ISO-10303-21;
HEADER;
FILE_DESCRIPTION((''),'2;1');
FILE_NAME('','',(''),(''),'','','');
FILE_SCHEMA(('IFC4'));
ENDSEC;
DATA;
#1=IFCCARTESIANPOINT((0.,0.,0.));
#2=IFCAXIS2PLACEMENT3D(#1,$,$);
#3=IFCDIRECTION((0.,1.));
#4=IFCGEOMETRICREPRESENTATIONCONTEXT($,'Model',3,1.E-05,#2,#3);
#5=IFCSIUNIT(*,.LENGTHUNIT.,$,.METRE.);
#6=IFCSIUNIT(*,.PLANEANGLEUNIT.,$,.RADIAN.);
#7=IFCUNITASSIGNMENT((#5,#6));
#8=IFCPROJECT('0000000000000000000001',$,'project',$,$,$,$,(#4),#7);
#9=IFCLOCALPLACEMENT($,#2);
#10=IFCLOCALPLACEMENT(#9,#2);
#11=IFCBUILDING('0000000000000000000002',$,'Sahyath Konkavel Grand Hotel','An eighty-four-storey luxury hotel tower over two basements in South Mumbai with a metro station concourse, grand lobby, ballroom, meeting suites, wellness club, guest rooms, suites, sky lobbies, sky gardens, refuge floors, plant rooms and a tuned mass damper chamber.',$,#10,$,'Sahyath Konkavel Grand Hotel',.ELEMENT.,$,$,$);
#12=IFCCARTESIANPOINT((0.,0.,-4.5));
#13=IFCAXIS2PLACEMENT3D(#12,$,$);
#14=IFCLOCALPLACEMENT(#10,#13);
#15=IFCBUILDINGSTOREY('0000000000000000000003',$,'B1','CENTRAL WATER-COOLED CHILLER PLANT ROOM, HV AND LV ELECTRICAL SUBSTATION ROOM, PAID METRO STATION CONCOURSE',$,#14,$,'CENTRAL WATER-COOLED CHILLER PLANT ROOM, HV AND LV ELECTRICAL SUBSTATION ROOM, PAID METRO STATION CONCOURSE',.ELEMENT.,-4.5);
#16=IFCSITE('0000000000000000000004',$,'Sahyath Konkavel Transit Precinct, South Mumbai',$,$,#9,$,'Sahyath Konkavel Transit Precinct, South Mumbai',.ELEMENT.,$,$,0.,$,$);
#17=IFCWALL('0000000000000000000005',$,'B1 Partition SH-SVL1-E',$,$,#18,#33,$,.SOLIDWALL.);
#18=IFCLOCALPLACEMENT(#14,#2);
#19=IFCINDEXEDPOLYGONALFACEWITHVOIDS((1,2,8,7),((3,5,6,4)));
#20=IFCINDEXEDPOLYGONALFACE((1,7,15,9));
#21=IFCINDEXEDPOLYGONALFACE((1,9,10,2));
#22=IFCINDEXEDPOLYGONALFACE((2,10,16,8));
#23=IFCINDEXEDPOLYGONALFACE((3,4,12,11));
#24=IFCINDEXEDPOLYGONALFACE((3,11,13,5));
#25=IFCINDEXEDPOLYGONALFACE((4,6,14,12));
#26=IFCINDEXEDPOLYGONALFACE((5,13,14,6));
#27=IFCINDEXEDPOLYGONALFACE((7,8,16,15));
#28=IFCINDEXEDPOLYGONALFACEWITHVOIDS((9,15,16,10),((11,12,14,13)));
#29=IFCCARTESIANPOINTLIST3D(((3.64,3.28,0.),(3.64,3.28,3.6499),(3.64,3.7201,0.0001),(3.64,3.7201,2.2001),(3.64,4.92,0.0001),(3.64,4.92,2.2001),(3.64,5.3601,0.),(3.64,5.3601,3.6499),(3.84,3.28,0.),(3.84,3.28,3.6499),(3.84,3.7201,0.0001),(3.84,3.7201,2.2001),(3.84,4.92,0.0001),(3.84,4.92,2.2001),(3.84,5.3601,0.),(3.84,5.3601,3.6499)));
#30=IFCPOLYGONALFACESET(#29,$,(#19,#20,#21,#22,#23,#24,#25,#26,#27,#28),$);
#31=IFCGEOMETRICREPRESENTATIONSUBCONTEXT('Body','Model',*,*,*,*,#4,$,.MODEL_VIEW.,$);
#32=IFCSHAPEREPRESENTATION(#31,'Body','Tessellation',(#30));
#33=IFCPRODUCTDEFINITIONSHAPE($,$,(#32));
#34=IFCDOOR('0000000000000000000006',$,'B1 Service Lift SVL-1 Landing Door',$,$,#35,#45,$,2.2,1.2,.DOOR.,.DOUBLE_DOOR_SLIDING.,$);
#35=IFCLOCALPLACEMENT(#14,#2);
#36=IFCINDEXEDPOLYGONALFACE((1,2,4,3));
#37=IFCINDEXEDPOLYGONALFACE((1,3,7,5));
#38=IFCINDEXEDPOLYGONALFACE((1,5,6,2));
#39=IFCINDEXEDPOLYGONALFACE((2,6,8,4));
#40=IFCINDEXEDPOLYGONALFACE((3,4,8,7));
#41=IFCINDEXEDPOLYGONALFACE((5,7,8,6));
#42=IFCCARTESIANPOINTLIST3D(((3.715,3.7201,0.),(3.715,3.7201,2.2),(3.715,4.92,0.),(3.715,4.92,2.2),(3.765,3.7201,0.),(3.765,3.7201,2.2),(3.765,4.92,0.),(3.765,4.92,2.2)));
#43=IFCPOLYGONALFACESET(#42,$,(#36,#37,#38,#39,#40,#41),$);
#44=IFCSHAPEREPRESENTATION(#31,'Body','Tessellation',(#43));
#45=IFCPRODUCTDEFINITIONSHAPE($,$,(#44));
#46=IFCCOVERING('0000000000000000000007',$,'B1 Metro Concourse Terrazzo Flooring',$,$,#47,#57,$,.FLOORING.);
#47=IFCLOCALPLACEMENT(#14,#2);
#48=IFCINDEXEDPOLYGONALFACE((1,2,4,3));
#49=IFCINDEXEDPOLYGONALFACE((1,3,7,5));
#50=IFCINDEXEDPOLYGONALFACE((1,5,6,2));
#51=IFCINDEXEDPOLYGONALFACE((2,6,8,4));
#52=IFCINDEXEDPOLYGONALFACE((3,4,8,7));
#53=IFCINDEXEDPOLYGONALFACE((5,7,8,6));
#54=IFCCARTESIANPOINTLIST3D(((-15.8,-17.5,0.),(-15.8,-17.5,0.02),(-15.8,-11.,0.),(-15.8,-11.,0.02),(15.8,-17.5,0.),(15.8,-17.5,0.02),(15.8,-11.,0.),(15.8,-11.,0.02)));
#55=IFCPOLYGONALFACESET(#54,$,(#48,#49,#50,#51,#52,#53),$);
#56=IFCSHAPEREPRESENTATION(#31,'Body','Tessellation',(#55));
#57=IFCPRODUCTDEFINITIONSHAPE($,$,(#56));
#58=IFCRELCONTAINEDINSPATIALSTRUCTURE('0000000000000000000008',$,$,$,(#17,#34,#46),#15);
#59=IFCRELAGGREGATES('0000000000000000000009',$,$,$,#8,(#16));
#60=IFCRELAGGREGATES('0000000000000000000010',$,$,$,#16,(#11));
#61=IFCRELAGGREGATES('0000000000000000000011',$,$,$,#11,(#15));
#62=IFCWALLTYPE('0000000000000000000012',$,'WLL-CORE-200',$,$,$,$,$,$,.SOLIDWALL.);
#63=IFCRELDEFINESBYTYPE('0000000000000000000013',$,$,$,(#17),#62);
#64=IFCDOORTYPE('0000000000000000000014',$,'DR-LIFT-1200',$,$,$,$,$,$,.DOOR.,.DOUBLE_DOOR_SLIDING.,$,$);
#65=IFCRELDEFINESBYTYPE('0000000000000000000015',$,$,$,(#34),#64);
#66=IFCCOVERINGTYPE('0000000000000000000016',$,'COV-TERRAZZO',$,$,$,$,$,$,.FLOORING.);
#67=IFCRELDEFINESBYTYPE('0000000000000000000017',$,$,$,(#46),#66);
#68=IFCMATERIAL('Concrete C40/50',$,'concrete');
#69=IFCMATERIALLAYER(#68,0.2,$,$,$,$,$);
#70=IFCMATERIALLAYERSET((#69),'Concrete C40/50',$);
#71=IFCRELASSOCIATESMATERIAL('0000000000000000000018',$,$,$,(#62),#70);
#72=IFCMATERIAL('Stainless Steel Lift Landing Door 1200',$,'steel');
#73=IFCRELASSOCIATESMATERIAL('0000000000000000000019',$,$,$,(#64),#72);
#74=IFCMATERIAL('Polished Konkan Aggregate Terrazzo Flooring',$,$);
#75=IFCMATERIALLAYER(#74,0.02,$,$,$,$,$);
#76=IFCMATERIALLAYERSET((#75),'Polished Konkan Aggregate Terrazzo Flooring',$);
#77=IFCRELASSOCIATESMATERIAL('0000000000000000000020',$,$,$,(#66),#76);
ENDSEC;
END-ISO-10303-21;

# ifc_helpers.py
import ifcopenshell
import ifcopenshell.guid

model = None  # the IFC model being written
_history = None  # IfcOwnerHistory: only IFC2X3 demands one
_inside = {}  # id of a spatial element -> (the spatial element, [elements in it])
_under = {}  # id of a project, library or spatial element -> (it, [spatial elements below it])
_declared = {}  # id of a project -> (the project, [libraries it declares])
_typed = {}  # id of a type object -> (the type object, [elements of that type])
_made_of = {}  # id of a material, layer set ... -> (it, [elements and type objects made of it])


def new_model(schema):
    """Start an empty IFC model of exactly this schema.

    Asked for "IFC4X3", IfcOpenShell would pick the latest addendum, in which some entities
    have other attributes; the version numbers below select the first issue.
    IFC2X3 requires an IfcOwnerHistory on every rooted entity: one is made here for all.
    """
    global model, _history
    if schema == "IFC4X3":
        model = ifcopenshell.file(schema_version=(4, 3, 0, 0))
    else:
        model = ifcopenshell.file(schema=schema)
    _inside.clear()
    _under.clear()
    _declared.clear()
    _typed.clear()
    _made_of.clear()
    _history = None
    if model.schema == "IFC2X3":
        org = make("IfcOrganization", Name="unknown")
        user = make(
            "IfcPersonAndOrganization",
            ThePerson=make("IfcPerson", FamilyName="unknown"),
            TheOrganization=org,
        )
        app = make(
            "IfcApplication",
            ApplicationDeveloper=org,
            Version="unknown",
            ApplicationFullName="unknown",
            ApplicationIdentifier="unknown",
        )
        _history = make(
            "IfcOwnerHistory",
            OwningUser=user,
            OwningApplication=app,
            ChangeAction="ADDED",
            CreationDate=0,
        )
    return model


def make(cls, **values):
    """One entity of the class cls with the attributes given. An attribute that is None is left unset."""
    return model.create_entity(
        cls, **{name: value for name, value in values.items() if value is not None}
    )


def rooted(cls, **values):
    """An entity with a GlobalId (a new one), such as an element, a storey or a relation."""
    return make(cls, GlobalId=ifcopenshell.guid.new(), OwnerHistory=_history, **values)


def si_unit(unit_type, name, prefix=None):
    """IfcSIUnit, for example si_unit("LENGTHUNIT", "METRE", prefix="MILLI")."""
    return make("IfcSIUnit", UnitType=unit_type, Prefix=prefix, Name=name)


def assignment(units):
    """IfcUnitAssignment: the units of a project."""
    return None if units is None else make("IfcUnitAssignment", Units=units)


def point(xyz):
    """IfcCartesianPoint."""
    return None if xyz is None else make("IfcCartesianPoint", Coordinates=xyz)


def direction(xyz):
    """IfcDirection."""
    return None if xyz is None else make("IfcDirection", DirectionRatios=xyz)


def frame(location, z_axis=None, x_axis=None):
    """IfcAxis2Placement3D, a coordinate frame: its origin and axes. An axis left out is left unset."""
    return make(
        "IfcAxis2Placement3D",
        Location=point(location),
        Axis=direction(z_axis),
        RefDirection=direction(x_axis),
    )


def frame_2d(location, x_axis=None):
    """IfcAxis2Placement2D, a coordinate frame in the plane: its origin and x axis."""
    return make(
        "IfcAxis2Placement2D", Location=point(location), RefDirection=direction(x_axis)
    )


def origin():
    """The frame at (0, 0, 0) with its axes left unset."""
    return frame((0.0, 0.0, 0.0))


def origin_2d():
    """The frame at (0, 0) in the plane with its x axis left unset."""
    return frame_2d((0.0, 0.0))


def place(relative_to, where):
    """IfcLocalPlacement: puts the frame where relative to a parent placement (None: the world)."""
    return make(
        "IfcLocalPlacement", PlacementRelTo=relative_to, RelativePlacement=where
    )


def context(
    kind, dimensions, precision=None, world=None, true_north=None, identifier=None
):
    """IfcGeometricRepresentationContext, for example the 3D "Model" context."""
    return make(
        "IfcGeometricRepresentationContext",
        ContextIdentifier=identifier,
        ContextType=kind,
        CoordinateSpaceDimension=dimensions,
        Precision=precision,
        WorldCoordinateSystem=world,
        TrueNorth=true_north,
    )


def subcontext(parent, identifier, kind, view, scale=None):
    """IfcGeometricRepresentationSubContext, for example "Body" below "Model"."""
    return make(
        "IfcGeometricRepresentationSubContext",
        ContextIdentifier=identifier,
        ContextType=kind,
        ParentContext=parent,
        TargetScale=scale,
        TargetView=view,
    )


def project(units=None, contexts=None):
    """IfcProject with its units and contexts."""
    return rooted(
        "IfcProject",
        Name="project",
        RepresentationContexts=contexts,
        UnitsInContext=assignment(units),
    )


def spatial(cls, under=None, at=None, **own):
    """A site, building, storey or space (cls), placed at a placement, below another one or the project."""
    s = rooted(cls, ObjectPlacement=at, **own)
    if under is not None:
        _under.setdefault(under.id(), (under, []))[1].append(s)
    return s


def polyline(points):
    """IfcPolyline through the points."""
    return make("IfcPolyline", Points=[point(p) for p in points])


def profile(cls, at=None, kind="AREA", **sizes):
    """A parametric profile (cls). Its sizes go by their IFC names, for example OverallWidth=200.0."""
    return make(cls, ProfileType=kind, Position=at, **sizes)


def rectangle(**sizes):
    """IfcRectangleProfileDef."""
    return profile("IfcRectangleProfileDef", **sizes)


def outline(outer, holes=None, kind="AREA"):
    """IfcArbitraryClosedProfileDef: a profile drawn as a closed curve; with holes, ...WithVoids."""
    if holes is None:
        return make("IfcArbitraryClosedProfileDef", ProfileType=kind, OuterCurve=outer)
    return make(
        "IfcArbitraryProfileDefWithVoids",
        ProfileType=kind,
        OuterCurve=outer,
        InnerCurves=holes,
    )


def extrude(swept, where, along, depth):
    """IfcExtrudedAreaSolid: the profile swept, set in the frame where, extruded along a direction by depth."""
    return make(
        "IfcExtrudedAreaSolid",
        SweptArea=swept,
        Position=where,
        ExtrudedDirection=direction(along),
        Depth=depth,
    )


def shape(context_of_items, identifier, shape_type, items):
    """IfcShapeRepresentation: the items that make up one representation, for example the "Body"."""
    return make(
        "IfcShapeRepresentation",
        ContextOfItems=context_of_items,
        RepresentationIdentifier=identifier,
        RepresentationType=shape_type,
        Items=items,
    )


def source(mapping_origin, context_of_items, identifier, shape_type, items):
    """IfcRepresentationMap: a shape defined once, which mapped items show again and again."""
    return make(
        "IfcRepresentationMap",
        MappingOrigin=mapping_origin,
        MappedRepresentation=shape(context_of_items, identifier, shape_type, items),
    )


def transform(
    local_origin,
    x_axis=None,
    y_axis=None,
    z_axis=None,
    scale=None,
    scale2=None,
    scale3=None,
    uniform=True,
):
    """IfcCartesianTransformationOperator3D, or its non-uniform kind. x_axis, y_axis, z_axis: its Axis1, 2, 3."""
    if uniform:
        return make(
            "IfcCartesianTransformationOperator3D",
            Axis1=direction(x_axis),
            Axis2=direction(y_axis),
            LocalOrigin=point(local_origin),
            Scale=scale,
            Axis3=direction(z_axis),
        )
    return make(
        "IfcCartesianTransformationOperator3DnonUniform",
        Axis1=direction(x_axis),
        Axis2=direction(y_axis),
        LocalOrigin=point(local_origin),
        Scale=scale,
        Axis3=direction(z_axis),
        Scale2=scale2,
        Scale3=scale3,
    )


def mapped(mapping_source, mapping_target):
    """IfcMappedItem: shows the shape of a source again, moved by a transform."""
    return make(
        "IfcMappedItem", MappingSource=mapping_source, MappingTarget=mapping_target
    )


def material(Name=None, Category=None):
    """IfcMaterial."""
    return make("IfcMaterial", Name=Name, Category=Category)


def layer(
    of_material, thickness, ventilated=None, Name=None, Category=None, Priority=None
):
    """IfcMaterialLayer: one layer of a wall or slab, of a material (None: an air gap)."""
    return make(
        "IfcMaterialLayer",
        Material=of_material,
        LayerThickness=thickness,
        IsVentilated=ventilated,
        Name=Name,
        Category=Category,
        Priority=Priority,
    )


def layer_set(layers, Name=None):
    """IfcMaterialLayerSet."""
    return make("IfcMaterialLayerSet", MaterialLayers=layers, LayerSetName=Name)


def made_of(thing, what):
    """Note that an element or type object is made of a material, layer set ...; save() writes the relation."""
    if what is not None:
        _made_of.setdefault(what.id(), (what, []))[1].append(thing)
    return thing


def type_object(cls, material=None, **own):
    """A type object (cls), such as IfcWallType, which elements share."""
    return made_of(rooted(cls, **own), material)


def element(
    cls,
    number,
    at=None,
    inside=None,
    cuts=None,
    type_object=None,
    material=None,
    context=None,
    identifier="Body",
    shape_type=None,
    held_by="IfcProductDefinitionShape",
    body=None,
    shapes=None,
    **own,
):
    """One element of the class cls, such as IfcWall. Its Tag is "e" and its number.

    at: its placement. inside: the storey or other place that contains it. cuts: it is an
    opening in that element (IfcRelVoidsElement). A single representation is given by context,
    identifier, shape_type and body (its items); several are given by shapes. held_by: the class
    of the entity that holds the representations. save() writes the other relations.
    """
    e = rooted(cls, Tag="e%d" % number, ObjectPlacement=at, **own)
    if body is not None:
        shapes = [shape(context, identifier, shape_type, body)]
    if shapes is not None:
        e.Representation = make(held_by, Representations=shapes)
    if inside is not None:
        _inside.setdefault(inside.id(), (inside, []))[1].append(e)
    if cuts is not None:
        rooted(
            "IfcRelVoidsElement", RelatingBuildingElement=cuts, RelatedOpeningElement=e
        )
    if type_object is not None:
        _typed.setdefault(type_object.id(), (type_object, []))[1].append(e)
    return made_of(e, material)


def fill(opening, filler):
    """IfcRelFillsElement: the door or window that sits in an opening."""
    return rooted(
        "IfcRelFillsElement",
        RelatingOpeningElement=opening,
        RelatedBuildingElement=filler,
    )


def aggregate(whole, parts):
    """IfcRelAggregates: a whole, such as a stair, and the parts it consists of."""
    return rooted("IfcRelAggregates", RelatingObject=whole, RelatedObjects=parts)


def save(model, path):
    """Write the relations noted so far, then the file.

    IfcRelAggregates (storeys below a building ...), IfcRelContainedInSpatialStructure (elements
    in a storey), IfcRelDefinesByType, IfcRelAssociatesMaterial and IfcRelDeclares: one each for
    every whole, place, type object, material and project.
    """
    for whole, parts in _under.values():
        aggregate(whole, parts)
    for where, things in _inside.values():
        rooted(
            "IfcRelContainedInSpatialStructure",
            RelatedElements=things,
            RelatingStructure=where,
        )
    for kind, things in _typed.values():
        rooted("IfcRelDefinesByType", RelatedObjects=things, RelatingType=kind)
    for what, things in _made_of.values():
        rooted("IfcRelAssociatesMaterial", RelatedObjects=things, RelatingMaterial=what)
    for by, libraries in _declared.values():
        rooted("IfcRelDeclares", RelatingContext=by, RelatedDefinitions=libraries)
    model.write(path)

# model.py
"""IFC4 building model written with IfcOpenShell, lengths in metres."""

from ifc_helpers import new_model, si_unit, direction, frame, frame_2d, origin, origin_2d, place, context, subcontext, project, spatial, polyline, rectangle, outline, extrude, source, transform, mapped, material, layer, layer_set, type_object, element, fill, save


model = new_model("IFC4")

# Units and contexts
model_context = context("Model", 3, precision=1e-05, world=origin(), true_north=direction((0.0, 1.0)))
body_context = subcontext(model_context, "Body", "Model", "MODEL_VIEW")
ifc_project = project(units=[si_unit("LENGTHUNIT", "METRE"), si_unit("PLANEANGLEUNIT", "RADIAN")], contexts=[model_context])

# Site, building, storey
site_placement = place(None, origin())
site = spatial("IfcSite", under=ifc_project, at=site_placement, Name="Sahyath Konkavel Transit Precinct, South Mumbai", LongName="Sahyath Konkavel Transit Precinct, South Mumbai", CompositionType="ELEMENT", RefElevation=0.0)
building_placement = place(site_placement, origin())
building = spatial("IfcBuilding", under=site, at=building_placement, Name="Sahyath Konkavel Grand Hotel", Description="An eighty-four-storey luxury hotel tower over two basements in South Mumbai with a metro station concourse, grand lobby, ballroom, meeting suites, wellness club, guest rooms, suites, sky lobbies, sky gardens, refuge floors, plant rooms and a tuned mass damper chamber.", LongName="Sahyath Konkavel Grand Hotel", CompositionType="ELEMENT")
storey_placement = place(building_placement, frame((0.0, 0.0, -4.5)))
storey = spatial("IfcBuildingStorey", under=building, at=storey_placement, Name="B1", Description="CENTRAL WATER-COOLED CHILLER PLANT ROOM, HV AND LV ELECTRICAL SUBSTATION ROOM, PAID METRO STATION CONCOURSE", LongName="CENTRAL WATER-COOLED CHILLER PLANT ROOM, HV AND LV ELECTRICAL SUBSTATION ROOM, PAID METRO STATION CONCOURSE", CompositionType="ELEMENT", Elevation=-4.5)

# Shared definitions
ifc_material_1 = material(Name="Concrete C40/50", Category="concrete")

# Shared definitions
ifc_layer_1 = layer(ifc_material_1, 0.2)
ifc_layer_set_1 = layer_set([ifc_layer_1], Name="Concrete C40/50")
wall_type = type_object("IfcWallType", Name="WLL-CORE-200", PredefinedType="SOLIDWALL", material=ifc_layer_set_1)

# Wall, opening, door
wall_1_placement = place(storey_placement, frame((3.74, 3.28, 0.0), z_axis=(0.0, 0.0, 1.0), x_axis=(0.0, 1.0, 0.0)))
wall_1 = element("IfcWall", 1, at=wall_1_placement, inside=storey, type_object=wall_type, Name="B1 Partition SH-SVL1-E", PredefinedType="SOLIDWALL", context=body_context, shape_type="SweptSolid", body=[
    extrude(rectangle(XDim=2.0801, YDim=0.2, at=frame_2d((1.04, 0.0))), origin(), (0.0, 0.0, 1.0), 3.6499),
])
opening_1_placement = place(wall_1_placement, frame((0.4399, 0.0, 0.0)))
opening_1 = element("IfcOpeningElement", 2, at=opening_1_placement, cuts=wall_1, PredefinedType="OPENING", context=body_context, shape_type="SweptSolid", body=[
    extrude(rectangle(XDim=1.2, YDim=2.2, at=frame_2d((0.6001, 1.1001))), frame((0.0, 0.1099, 0.0), z_axis=(0.0, -1.0, 0.0), x_axis=(1.0, 0.0, 0.0)), (0.0, 0.0, 1.0), 0.22),
])
ifc_material_2 = material(Name="Stainless Steel Lift Landing Door 1200", Category="steel")
door_type_1 = type_object("IfcDoorType", Name="DR-LIFT-1200", OperationType="DOUBLE_DOOR_SLIDING", PredefinedType="DOOR", material=ifc_material_2)
shared_shape_1 = source(origin(), body_context, "Body", "SweptSolid", [
    extrude(rectangle(XDim=1.2, YDim=0.05, at=origin_2d()), origin(), (0.0, 0.0, 1.0), 2.2),
])
door_1_placement = place(opening_1_placement, frame((0.6001, 0.0, 0.0)))
door_1 = element("IfcDoor", 3, at=door_1_placement, inside=storey, type_object=door_type_1, Name="B1 Service Lift SVL-1 Landing Door", OperationType="DOUBLE_DOOR_SLIDING", OverallHeight=2.2, OverallWidth=1.2, PredefinedType="DOOR", context=body_context, shape_type="MappedRepresentation", body=[
    mapped(shared_shape_1, transform((0.0, 0.0, 0.0), scale=1.0)),
])
fill(opening_1, door_1)

# Covering
ifc_material_3 = material(Name="Polished Konkan Aggregate Terrazzo Flooring")
ifc_layer_2 = layer(ifc_material_3, 0.02)
ifc_layer_set_2 = layer_set([ifc_layer_2], Name="Polished Konkan Aggregate Terrazzo Flooring")
covering_type = type_object("IfcCoveringType", Name="COV-TERRAZZO", PredefinedType="FLOORING", material=ifc_layer_set_2)
covering_placement = place(storey_placement, origin())
element("IfcCovering", 4, at=covering_placement, inside=storey, type_object=covering_type, Name="B1 Metro Concourse Terrazzo Flooring", PredefinedType="FLOORING", context=body_context, shape_type="SweptSolid", body=[
    extrude(outline(polyline([(-15.8, -17.5), (15.8, -17.5), (15.8, -11.0), (-15.8, -11.0), (-15.8, -17.5)])), origin(), (0.0, 0.0, 1.0), 0.02),
])

save(model, "model.ifc")
